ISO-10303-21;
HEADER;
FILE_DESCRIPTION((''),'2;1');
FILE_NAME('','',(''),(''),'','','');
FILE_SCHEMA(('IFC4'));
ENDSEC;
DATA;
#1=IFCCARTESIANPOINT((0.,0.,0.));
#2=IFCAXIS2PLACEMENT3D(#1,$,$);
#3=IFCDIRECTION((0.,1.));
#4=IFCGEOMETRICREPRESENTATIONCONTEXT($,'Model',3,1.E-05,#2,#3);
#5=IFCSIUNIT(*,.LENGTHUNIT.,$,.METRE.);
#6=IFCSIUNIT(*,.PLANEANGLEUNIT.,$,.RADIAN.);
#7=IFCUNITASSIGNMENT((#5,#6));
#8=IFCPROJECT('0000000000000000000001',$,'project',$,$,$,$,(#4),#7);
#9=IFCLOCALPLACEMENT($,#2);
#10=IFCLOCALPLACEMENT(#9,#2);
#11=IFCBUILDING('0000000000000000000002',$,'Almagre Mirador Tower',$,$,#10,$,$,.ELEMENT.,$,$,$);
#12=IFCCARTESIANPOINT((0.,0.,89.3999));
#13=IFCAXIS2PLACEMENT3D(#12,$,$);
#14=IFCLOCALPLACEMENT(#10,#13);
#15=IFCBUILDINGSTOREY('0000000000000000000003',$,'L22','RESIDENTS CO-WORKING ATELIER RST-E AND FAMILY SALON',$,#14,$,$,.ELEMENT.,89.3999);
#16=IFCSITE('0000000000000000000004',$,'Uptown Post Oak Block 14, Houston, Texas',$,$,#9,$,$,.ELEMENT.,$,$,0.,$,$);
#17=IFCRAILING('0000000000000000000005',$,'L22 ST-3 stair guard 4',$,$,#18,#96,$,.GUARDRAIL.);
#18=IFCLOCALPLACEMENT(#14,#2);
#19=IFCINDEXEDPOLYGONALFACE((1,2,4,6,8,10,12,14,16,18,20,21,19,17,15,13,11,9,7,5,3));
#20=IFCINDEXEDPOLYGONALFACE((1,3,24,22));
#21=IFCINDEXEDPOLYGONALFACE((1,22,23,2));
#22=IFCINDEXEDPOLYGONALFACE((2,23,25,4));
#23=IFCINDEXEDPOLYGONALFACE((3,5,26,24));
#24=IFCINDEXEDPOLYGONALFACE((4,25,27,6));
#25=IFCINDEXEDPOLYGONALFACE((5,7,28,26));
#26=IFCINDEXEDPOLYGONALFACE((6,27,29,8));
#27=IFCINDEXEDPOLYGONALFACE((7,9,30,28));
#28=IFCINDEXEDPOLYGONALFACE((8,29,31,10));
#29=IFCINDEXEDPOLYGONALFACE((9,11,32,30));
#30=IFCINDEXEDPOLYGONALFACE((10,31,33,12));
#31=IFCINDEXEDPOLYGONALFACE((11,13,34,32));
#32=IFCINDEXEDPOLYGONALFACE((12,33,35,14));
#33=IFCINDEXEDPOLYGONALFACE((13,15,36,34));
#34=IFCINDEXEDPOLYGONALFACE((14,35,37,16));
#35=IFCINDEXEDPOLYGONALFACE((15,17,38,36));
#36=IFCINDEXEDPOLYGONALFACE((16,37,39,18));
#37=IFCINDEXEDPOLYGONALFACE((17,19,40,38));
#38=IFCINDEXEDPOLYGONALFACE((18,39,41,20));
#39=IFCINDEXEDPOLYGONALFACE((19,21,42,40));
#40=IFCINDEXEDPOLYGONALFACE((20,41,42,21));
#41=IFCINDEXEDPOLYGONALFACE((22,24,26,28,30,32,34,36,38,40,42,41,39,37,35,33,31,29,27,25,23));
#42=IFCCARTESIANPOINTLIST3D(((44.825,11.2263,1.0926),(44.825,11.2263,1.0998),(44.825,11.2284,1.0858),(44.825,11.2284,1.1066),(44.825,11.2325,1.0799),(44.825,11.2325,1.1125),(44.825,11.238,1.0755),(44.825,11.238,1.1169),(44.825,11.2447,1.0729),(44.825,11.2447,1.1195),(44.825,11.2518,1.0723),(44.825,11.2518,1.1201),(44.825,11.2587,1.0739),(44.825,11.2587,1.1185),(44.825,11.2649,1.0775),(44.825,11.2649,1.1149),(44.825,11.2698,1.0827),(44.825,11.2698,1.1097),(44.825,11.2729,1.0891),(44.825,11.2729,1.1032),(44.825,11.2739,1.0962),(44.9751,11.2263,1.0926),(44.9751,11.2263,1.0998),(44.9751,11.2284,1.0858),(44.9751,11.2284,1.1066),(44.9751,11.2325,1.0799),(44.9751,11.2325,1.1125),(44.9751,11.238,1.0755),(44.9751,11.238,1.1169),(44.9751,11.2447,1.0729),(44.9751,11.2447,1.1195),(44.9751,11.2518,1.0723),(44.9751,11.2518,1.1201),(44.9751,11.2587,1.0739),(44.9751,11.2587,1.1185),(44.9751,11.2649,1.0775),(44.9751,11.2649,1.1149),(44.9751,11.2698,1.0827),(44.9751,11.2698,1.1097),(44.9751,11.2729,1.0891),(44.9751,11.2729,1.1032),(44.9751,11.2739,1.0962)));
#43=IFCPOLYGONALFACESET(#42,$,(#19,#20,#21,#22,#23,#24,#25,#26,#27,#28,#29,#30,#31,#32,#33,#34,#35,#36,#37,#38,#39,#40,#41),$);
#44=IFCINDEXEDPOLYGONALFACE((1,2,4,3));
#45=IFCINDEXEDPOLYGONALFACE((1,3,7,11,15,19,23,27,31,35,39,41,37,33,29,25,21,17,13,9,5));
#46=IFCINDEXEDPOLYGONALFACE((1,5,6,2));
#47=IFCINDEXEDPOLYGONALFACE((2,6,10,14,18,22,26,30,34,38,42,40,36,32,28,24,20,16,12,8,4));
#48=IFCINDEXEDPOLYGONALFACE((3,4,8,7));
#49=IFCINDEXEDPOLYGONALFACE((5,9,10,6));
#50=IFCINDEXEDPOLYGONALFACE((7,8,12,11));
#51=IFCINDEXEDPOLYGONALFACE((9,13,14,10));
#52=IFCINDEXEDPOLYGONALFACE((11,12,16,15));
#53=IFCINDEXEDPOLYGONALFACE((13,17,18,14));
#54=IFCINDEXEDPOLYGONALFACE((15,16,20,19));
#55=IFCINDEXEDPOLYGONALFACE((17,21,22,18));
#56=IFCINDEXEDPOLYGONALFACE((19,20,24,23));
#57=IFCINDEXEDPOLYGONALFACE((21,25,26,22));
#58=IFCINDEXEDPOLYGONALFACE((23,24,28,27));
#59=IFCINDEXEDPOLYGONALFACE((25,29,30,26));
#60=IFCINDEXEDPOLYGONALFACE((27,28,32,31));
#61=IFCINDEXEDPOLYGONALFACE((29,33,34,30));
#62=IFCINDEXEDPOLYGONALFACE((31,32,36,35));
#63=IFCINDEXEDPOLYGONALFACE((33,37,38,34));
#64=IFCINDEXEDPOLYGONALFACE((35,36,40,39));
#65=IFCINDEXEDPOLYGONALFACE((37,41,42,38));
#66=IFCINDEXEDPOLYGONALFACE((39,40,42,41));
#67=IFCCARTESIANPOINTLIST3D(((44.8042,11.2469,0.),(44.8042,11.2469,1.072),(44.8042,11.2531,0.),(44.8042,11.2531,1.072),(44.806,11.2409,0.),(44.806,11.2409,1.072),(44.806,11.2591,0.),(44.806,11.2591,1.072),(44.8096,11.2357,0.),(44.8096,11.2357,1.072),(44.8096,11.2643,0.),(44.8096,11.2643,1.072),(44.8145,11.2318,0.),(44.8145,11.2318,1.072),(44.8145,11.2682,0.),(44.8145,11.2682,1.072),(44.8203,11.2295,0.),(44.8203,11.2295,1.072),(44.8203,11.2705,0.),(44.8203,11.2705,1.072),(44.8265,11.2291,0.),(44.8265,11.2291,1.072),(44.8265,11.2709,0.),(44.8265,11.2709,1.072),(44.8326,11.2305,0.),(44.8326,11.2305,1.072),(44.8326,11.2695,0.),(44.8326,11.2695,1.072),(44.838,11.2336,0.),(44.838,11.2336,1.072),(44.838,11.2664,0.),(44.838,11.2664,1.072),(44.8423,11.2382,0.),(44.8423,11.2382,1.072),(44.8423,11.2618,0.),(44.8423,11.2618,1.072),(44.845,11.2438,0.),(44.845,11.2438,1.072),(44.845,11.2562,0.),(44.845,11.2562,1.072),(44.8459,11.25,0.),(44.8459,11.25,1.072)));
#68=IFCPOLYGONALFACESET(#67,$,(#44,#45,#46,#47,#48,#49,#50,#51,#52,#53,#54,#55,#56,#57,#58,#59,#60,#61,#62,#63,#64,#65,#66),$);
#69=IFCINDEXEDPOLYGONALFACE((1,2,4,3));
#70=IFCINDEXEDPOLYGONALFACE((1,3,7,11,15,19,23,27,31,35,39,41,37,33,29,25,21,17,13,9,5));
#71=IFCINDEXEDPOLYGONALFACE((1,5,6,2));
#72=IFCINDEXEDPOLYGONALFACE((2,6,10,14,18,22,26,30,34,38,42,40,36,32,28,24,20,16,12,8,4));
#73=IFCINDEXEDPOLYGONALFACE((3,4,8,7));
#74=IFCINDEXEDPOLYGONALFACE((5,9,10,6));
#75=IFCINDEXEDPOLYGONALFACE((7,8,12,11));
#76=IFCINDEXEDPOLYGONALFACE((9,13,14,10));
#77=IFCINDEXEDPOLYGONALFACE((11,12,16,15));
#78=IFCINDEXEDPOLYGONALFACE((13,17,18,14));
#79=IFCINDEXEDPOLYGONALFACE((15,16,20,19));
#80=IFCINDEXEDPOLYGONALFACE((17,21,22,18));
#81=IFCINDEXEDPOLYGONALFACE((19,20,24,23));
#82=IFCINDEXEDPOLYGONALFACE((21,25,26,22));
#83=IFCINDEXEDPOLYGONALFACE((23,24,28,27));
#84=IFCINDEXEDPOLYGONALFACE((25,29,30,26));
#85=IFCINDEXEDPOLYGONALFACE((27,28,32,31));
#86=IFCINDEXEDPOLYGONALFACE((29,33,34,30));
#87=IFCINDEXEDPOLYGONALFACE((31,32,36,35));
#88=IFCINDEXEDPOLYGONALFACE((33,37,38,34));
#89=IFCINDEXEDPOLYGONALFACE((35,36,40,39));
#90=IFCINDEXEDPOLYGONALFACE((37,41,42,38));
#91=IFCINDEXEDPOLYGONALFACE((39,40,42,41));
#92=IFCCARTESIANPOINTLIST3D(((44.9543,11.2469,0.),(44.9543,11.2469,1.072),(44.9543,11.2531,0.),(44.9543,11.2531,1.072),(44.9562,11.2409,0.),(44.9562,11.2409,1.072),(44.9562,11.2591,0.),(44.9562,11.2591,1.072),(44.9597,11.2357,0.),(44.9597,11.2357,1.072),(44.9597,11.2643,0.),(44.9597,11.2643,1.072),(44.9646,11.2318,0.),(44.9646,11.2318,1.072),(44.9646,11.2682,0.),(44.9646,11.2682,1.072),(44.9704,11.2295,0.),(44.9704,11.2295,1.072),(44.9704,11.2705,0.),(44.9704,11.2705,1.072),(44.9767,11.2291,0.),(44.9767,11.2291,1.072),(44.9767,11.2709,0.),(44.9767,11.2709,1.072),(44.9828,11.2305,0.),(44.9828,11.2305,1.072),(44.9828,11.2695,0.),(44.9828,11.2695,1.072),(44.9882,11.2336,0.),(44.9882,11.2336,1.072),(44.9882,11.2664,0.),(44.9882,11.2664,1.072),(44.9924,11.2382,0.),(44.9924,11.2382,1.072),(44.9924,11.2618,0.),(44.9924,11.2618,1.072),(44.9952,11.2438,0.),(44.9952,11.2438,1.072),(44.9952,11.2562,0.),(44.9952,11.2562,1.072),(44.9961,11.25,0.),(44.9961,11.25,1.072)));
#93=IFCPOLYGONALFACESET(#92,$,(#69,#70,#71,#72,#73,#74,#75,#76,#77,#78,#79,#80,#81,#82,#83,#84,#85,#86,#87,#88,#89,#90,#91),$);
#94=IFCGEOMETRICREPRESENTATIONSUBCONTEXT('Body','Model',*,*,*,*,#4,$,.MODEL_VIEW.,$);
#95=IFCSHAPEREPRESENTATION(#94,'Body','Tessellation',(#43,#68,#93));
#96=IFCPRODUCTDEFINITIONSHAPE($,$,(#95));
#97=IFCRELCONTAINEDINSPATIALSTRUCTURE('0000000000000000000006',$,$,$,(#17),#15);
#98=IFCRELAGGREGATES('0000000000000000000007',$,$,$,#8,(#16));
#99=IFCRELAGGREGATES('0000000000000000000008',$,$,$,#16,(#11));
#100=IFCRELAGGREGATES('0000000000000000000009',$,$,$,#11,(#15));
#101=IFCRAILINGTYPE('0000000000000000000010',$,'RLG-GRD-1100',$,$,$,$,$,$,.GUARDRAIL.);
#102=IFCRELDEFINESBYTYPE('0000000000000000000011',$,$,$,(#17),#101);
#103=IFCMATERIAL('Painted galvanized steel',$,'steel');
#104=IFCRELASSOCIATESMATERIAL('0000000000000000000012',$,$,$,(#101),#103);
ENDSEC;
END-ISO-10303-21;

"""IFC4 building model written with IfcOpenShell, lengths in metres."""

from ifc_helpers import new_model, si_unit, direction, frame, origin, origin_2d, place, context, subcontext, project, spatial, circle, extrude, material, type_object, element, save


model = new_model("IFC4")

# Units and contexts
model_context = context("Model", 3, precision=1e-05, world=origin(), true_north=direction((0.0, 1.0)))
body_context = subcontext(model_context, "Body", "Model", "MODEL_VIEW")
ifc_project = project(units=[si_unit("LENGTHUNIT", "METRE"), si_unit("PLANEANGLEUNIT", "RADIAN")], contexts=[model_context])

# Site, building, storey
site_placement = place(None, origin())
site = spatial("IfcSite", under=ifc_project, at=site_placement, Name="Uptown Post Oak Block 14, Houston, Texas", CompositionType="ELEMENT", RefElevation=0.0)
building_placement = place(site_placement, origin())
building = spatial("IfcBuilding", under=site, at=building_placement, Name="Almagre Mirador Tower", CompositionType="ELEMENT")
storey_placement = place(building_placement, frame((0.0, 0.0, 89.3999)))
storey = spatial("IfcBuildingStorey", under=building, at=storey_placement, Name="L22", Description="RESIDENTS CO-WORKING ATELIER RST-E AND FAMILY SALON", CompositionType="ELEMENT", Elevation=89.3999)

# Railing
ifc_material_1 = material(Name="Painted galvanized steel", Category="steel")
railing_type_1 = type_object("IfcRailingType", Name="RLG-GRD-1100", PredefinedType="GUARDRAIL", material=ifc_material_1)
railing_1_placement = place(storey_placement, frame((44.825, 11.25, 0.0)))
element("IfcRailing", 1, at=railing_1_placement, inside=storey, type_object=railing_type_1, Name="L22 ST-3 stair guard 4", PredefinedType="GUARDRAIL", context=body_context, shape_type="SweptSolid", body=[
    extrude(circle(Radius=0.0239, at=origin_2d()), frame((0.0, 0.0, 1.0962), z_axis=(1.0, 0.0, 0.0), x_axis=(0.0, 1.0, 0.0)), (0.0, 0.0, 1.0), 0.1501),
    extrude(circle(Radius=0.021, at=origin_2d()), origin(), (0.0, 0.0, 1.0), 1.072),
    extrude(circle(Radius=0.021, at=origin_2d()), frame((0.1501, 0.0, 0.0)), (0.0, 0.0, 1.0), 1.072),
])

save(model, "model.ifc")
